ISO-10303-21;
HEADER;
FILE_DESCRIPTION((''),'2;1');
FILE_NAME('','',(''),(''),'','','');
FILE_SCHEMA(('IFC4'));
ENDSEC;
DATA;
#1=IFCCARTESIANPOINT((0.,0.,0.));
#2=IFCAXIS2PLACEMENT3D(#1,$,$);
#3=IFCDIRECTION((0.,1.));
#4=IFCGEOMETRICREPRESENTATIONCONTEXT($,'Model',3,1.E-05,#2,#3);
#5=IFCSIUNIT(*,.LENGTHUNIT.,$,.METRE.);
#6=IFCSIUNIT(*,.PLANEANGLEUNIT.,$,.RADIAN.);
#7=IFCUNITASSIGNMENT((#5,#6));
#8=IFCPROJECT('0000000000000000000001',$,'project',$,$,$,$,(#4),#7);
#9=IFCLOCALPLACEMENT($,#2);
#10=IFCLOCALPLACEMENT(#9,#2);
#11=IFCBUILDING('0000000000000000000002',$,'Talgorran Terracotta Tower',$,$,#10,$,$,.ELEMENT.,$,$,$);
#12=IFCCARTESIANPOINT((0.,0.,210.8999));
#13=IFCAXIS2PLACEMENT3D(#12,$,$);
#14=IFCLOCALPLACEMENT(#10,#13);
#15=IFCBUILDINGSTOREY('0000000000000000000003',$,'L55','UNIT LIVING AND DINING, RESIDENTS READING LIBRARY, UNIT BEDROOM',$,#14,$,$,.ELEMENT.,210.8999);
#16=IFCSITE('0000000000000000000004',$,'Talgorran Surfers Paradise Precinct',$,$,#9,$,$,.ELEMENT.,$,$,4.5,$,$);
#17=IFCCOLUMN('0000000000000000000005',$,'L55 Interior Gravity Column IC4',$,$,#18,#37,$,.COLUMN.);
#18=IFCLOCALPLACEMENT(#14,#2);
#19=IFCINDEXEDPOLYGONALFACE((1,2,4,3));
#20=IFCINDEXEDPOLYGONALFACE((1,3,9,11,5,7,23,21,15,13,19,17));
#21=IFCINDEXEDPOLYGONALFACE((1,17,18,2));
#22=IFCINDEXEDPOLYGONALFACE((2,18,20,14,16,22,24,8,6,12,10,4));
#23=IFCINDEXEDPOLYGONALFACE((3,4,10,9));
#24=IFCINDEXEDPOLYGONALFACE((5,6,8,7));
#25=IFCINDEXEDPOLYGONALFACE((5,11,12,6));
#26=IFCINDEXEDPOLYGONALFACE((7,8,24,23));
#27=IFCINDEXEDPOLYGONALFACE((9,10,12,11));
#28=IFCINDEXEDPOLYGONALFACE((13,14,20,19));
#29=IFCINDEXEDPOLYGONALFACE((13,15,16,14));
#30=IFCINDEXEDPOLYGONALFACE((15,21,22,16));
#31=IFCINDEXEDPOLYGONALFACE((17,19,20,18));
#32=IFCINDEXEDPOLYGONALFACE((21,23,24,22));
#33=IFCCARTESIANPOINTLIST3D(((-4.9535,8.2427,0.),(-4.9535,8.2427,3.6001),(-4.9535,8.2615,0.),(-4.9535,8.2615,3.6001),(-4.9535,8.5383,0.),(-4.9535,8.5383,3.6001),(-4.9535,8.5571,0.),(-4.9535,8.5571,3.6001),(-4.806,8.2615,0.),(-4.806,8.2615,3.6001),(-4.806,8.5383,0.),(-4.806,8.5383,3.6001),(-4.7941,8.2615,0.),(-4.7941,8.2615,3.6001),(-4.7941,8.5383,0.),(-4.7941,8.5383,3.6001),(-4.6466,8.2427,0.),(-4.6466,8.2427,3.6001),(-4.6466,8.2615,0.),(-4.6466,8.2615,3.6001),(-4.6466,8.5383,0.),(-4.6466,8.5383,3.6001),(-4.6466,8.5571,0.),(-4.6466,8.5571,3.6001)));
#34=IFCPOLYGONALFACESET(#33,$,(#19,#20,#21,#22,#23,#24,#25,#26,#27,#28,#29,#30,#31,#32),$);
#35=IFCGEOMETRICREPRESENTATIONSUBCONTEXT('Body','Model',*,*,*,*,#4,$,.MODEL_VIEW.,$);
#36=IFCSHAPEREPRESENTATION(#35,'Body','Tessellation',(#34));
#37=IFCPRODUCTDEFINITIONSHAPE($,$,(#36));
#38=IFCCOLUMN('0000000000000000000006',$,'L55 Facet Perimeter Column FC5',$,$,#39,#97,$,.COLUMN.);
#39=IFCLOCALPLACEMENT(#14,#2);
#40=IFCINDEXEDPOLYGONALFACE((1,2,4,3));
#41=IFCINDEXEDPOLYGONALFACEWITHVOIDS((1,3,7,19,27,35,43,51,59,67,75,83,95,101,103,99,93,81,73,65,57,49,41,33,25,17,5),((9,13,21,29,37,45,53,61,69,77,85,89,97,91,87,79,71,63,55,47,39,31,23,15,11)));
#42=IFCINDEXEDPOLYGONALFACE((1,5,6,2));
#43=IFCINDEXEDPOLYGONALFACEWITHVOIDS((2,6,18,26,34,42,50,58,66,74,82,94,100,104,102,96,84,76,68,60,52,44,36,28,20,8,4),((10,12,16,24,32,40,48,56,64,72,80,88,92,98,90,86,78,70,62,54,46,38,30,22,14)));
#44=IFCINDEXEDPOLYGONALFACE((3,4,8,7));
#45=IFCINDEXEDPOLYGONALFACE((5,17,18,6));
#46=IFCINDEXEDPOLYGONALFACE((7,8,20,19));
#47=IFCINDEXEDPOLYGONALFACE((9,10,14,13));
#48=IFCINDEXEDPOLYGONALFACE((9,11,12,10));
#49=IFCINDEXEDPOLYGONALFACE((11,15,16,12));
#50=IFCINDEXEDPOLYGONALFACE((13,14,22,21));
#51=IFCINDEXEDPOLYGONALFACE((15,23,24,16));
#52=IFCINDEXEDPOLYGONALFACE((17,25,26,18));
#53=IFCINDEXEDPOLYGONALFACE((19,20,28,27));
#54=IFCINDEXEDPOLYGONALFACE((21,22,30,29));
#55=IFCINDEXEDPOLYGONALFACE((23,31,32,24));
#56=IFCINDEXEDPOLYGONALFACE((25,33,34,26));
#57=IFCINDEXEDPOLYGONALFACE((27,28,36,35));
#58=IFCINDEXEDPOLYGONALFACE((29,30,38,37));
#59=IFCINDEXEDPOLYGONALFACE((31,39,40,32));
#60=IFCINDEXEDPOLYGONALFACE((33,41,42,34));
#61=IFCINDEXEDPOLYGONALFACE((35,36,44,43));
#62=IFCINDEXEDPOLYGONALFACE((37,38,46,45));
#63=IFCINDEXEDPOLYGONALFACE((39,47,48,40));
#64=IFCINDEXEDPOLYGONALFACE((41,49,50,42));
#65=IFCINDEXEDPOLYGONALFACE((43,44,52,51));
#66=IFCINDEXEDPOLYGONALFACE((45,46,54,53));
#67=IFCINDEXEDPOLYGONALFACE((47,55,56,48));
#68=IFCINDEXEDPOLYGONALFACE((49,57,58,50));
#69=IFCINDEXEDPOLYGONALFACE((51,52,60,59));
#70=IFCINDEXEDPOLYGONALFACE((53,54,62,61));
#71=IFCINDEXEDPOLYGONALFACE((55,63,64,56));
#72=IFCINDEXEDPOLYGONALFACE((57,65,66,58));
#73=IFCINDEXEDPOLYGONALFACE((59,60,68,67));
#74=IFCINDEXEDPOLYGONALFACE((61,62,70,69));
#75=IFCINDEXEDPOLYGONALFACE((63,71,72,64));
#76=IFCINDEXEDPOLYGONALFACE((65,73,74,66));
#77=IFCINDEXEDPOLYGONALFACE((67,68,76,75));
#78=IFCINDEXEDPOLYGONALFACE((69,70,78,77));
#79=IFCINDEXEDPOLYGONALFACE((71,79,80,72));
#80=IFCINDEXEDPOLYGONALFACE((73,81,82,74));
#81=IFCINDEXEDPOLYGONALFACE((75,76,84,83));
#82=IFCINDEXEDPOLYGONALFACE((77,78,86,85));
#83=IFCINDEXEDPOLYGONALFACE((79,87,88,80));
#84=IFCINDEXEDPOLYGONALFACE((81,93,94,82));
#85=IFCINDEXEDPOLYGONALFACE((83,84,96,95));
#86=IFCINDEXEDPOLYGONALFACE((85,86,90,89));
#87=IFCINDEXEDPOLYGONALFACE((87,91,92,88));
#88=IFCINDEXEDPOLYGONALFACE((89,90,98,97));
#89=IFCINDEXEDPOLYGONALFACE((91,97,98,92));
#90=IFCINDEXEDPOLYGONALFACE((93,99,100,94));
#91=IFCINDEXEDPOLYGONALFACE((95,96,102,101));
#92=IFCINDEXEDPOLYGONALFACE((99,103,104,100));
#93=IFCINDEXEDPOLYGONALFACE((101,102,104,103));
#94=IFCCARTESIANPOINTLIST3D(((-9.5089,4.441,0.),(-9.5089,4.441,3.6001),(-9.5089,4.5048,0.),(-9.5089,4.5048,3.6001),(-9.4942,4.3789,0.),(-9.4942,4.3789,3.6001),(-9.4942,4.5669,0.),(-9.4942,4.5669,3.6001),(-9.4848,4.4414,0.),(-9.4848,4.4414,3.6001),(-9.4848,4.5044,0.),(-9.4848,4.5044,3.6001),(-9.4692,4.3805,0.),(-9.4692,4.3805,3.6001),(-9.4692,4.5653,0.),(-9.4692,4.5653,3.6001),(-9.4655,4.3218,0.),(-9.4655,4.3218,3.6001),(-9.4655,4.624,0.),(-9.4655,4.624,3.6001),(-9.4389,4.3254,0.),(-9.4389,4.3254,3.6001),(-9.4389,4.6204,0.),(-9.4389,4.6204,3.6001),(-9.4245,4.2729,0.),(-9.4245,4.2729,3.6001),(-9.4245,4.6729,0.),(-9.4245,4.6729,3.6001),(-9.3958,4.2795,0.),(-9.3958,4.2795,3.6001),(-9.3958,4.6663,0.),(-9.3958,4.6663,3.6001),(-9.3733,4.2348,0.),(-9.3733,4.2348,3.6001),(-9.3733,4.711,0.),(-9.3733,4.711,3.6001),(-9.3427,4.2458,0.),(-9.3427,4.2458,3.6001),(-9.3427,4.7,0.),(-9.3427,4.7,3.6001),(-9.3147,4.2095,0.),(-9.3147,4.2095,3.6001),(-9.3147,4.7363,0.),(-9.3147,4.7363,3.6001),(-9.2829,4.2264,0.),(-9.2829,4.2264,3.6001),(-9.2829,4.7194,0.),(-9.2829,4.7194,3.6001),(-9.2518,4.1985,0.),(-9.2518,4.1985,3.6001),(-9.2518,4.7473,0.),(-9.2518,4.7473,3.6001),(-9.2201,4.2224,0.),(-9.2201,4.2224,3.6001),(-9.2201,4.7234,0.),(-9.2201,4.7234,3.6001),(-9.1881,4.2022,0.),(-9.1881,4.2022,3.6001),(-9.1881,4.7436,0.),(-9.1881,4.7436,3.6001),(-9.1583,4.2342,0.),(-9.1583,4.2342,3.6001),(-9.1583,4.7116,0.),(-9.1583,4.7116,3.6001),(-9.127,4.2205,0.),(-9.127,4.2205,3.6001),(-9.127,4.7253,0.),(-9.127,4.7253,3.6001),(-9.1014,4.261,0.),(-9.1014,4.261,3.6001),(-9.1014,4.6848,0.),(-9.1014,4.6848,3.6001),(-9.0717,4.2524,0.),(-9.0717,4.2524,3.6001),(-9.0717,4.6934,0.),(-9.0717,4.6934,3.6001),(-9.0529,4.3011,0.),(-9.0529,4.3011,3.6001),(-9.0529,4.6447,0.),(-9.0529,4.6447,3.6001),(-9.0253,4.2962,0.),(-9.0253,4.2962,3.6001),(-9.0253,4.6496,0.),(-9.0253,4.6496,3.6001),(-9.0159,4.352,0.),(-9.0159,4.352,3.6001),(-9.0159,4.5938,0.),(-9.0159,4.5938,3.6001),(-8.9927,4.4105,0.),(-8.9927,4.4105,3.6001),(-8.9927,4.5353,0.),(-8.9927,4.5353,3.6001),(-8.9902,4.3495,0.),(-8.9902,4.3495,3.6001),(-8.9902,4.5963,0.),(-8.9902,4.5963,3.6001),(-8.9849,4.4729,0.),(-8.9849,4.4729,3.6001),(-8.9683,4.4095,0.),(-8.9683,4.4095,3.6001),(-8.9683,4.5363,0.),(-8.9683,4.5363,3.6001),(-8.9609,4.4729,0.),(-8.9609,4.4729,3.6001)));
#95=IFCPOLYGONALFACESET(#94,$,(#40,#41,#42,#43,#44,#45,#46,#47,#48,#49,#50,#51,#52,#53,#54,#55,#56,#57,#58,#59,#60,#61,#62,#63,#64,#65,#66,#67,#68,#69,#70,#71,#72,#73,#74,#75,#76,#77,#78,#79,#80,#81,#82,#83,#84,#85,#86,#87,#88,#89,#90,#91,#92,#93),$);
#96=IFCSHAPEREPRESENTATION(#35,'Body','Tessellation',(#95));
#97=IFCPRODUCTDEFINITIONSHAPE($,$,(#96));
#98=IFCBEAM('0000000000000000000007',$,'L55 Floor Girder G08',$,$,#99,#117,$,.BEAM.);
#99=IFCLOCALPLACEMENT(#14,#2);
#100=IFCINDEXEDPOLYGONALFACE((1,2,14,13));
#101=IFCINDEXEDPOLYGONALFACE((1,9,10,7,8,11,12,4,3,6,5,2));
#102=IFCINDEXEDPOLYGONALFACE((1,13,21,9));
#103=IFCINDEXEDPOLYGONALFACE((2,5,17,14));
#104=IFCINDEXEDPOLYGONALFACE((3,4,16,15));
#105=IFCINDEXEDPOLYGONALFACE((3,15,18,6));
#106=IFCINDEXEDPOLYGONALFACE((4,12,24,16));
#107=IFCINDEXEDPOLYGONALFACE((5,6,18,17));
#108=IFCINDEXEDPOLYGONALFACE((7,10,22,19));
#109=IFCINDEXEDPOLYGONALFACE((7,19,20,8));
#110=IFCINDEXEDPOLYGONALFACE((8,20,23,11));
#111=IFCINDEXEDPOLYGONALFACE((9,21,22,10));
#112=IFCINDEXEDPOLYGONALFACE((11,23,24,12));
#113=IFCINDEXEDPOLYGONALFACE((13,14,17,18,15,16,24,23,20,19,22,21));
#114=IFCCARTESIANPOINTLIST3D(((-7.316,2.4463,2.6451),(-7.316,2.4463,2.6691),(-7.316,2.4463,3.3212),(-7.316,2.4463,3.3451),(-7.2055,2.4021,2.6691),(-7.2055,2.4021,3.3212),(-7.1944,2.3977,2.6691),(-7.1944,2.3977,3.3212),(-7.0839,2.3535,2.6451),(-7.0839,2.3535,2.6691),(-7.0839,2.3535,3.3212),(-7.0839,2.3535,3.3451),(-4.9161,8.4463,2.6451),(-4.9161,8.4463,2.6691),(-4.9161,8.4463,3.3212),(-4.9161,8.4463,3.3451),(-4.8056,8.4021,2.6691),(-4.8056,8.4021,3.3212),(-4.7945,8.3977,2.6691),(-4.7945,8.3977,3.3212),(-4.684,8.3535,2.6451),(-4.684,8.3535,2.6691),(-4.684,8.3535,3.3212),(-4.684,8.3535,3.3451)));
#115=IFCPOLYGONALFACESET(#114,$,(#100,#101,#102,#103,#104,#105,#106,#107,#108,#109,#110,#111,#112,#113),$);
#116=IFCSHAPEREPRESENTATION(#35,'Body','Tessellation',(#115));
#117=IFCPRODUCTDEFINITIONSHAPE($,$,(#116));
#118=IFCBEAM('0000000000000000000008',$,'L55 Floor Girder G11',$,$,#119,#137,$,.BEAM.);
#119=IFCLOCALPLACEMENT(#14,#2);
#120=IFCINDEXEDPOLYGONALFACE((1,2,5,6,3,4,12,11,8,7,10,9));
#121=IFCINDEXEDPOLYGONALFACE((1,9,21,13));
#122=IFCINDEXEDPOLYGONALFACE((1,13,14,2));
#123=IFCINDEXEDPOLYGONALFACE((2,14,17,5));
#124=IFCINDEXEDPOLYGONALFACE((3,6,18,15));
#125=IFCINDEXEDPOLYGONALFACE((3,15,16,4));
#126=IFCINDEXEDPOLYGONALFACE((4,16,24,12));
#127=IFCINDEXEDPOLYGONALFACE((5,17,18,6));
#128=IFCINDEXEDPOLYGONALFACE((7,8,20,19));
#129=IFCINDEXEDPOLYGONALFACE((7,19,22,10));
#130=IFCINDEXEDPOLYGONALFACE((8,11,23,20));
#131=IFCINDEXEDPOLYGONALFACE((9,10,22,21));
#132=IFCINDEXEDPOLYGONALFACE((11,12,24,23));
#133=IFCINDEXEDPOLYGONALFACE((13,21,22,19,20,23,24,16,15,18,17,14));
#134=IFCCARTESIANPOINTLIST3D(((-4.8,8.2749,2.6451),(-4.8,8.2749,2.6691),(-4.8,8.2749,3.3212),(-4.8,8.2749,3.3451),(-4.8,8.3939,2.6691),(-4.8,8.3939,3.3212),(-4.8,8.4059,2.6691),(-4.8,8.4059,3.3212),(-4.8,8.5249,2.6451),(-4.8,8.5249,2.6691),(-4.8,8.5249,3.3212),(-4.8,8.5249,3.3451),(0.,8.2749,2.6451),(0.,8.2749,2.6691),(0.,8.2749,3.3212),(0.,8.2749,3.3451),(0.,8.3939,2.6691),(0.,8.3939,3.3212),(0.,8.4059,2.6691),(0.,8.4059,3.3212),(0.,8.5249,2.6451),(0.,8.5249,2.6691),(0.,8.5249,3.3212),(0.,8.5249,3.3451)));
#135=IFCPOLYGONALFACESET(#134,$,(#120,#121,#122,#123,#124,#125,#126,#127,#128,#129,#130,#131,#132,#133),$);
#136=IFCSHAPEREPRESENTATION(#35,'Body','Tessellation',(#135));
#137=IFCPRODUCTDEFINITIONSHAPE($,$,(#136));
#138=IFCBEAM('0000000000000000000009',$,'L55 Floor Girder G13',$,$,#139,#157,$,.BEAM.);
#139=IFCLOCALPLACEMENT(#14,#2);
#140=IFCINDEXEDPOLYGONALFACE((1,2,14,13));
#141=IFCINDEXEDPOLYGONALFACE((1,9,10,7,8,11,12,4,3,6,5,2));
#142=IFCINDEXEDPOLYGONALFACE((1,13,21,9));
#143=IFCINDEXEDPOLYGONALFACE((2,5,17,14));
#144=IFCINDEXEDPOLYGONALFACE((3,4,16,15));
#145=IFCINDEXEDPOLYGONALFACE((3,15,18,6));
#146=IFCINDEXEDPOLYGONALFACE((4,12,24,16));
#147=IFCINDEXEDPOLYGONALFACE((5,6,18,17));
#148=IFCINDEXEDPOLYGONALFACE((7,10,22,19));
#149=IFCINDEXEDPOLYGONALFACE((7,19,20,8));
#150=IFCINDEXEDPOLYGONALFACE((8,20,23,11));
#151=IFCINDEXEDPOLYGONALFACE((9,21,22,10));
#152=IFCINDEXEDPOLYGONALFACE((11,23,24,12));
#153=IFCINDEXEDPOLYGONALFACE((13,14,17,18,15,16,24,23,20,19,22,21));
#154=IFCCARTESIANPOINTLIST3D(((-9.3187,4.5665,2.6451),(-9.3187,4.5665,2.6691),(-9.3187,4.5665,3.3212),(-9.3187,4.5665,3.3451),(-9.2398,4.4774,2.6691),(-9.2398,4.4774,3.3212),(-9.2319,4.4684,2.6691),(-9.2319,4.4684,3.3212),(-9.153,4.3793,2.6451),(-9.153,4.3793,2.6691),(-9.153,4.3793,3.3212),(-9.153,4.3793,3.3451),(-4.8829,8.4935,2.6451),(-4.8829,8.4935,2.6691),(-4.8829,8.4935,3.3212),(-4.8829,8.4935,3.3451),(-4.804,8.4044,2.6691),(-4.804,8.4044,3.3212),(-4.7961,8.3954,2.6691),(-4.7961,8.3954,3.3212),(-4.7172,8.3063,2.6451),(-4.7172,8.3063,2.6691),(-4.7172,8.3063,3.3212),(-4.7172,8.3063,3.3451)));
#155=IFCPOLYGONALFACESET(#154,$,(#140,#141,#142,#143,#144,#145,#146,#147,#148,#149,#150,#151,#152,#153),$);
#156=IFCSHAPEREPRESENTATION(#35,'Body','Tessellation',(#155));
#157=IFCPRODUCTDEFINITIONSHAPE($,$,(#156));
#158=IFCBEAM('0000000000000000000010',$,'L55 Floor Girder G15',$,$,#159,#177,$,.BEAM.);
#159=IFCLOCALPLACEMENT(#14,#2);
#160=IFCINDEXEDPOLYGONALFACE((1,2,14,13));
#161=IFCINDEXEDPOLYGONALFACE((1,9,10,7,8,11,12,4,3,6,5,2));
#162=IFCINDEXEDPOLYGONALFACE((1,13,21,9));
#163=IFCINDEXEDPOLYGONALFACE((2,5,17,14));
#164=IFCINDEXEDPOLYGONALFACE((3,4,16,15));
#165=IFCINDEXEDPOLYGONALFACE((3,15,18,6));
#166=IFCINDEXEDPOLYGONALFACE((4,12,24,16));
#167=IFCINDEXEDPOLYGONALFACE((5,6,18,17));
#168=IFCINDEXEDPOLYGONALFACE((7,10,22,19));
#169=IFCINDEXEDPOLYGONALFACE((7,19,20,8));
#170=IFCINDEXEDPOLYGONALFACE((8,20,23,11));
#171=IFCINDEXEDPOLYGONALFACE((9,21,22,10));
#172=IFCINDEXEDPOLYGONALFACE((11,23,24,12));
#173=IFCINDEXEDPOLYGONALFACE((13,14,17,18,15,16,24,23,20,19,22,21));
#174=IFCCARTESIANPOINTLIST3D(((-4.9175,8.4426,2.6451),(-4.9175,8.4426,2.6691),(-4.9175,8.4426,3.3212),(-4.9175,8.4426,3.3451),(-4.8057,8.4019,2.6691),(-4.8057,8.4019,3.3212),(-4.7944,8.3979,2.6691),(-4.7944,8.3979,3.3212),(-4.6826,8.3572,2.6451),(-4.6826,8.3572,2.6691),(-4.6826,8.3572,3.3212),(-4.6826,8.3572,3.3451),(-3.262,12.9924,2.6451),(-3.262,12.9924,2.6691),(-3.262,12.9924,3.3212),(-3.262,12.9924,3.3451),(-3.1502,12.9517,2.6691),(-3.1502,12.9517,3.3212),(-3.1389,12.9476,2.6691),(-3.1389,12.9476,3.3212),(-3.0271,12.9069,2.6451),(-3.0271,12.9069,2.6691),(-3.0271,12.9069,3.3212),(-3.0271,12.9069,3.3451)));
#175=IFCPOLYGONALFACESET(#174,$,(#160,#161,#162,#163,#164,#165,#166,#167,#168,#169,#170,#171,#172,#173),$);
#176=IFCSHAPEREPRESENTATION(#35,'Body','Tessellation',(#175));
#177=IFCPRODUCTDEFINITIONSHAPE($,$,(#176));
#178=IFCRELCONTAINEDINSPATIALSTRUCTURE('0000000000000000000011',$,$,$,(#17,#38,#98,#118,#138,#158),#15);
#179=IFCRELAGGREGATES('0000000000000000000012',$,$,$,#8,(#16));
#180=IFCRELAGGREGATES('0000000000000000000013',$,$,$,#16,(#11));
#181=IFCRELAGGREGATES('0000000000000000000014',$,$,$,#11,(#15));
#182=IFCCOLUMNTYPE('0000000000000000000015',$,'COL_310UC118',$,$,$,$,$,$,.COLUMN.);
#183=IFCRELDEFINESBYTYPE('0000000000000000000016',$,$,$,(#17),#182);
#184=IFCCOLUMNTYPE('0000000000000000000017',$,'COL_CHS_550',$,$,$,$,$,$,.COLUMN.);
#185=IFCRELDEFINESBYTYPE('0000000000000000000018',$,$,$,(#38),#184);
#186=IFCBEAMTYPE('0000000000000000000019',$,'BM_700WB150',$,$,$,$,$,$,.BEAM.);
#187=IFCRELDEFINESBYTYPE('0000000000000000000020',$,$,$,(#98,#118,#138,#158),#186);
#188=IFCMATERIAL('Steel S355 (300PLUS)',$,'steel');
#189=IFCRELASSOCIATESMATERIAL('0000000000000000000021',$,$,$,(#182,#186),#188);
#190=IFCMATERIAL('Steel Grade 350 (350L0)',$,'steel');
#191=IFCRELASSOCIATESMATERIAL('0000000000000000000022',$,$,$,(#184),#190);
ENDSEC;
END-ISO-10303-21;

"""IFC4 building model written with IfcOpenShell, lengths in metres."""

from ifc_helpers import new_model, si_unit, direction, frame, origin, origin_2d, place, context, subcontext, project, spatial, hollow_circle, i_section, extrude, material, material_profile, profile_set, type_object, element, save


model = new_model("IFC4")

# Units and contexts
model_context = context("Model", 3, precision=1e-05, world=origin(), true_north=direction((0.0, 1.0)))
body_context = subcontext(model_context, "Body", "Model", "MODEL_VIEW")
ifc_project = project(units=[si_unit("LENGTHUNIT", "METRE"), si_unit("PLANEANGLEUNIT", "RADIAN")], contexts=[model_context])

# Site, building, storey
site_placement = place(None, origin())
site = spatial("IfcSite", under=ifc_project, at=site_placement, Name="Talgorran Surfers Paradise Precinct", CompositionType="ELEMENT", RefElevation=4.5)
building_placement = place(site_placement, origin())
building = spatial("IfcBuilding", under=site, at=building_placement, Name="Talgorran Terracotta Tower", CompositionType="ELEMENT")
storey_placement = place(building_placement, frame((0.0, 0.0, 210.8999)))
storey = spatial("IfcBuildingStorey", under=building, at=storey_placement, Name="L55", Description="UNIT LIVING AND DINING, RESIDENTS READING LIBRARY, UNIT BEDROOM", CompositionType="ELEMENT", Elevation=210.8999)

# Columns
ifc_material_1 = material(Name="Steel S355 (300PLUS)", Category="steel")
ifc_material_profile_1 = material_profile(ifc_material_1, i_section(OverallWidth=0.3069, OverallDepth=0.3145, WebThickness=0.012, FlangeThickness=0.0188, at=origin_2d()), Name="310UC118")
ifc_profile_set_1 = profile_set([ifc_material_profile_1], Name="Steel S355 (300PLUS)")
column_type_1 = type_object("IfcColumnType", Name="COL_310UC118", PredefinedType="COLUMN", material=ifc_profile_set_1)
column_1_placement = place(storey_placement, frame((-4.8, 8.3999, 0.0), z_axis=(0.0, 0.0, 1.0), x_axis=(1.0, 0.0, 0.0)))
element("IfcColumn", 1, at=column_1_placement, inside=storey, type_object=column_type_1, Name="L55 Interior Gravity Column IC4", PredefinedType="COLUMN", context=body_context, shape_type="SweptSolid", body=[
    extrude(i_section(OverallWidth=0.3069, OverallDepth=0.3145, WebThickness=0.012, FlangeThickness=0.0188, at=origin_2d()), origin(), (0.0, 0.0, 1.0), 3.6001),
])
ifc_material_2 = material(Name="Steel Grade 350 (350L0)", Category="steel")
ifc_material_profile_2 = material_profile(ifc_material_2, hollow_circle(Radius=0.2749, WallThickness=0.0239, at=origin_2d()), Name="CHS550X24")
ifc_profile_set_2 = profile_set([ifc_material_profile_2], Name="Steel Grade 350 (350L0)")
column_type_2 = type_object("IfcColumnType", Name="COL_CHS_550", PredefinedType="COLUMN", material=ifc_profile_set_2)
column_2_placement = place(storey_placement, frame((-9.2358, 4.4729, 0.0), z_axis=(0.0, 0.0, 1.0), x_axis=(1.0, 0.0, 0.0)))
element("IfcColumn", 2, at=column_2_placement, inside=storey, type_object=column_type_2, Name="L55 Facet Perimeter Column FC5", PredefinedType="COLUMN", context=body_context, shape_type="SweptSolid", body=[
    extrude(hollow_circle(Radius=0.2749, WallThickness=0.0239, at=origin_2d()), origin(), (0.0, 0.0, 1.0), 3.6001),
])

# Beams
ifc_material_profile_3 = material_profile(ifc_material_1, i_section(OverallWidth=0.25, OverallDepth=0.7, WebThickness=0.012, FlangeThickness=0.0239, at=origin_2d()), Name="700WB150")
ifc_profile_set_3 = profile_set([ifc_material_profile_3], Name="Steel S355 (300PLUS)")
beam_type_1 = type_object("IfcBeamType", Name="BM_700WB150", PredefinedType="BEAM", material=ifc_profile_set_3)
beam_1_placement = place(storey_placement, frame((-7.2, 2.3999, 2.9951), z_axis=(0.371378, 0.928482, 0.0), x_axis=(-0.928482, 0.371378, 0.0)))
element("IfcBeam", 3, at=beam_1_placement, inside=storey, type_object=beam_type_1, Name="L55 Floor Girder G08", PredefinedType="BEAM", context=body_context, shape_type="SweptSolid", body=[
    extrude(i_section(OverallWidth=0.25, OverallDepth=0.7, WebThickness=0.012, FlangeThickness=0.0239, at=origin_2d()), origin(), (0.0, 0.0, 1.0), 6.4622),
])
beam_2_placement = place(storey_placement, frame((-4.8, 8.3999, 2.9951), z_axis=(1.0, 0.0, 0.0), x_axis=(0.0, 1.0, 0.0)))
element("IfcBeam", 4, at=beam_2_placement, inside=storey, type_object=beam_type_1, Name="L55 Floor Girder G11", PredefinedType="BEAM", context=body_context, shape_type="SweptSolid", body=[
    extrude(i_section(OverallWidth=0.25, OverallDepth=0.7, WebThickness=0.012, FlangeThickness=0.0239, at=origin_2d()), origin(), (0.0, 0.0, 1.0), 4.8),
])
beam_3_placement = place(storey_placement, frame((-4.8, 8.3999, 2.9951), z_axis=(-0.748742, -0.662861, 0.0), x_axis=(0.662861, -0.748742, 0.0)))
element("IfcBeam", 5, at=beam_3_placement, inside=storey, type_object=beam_type_1, Name="L55 Floor Girder G13", PredefinedType="BEAM", context=body_context, shape_type="SweptSolid", body=[
    extrude(i_section(OverallWidth=0.25, OverallDepth=0.7, WebThickness=0.012, FlangeThickness=0.0239, at=origin_2d()), origin(), (0.0, 0.0, 1.0), 5.9243),
])
beam_4_placement = place(storey_placement, frame((-4.8, 8.3999, 2.9951), z_axis=(0.341933, 0.939724, 0.0), x_axis=(-0.939724, 0.341933, 0.0)))
element("IfcBeam", 6, at=beam_4_placement, inside=storey, type_object=beam_type_1, Name="L55 Floor Girder G15", PredefinedType="BEAM", context=body_context, shape_type="SweptSolid", body=[
    extrude(i_section(OverallWidth=0.25, OverallDepth=0.7, WebThickness=0.012, FlangeThickness=0.0239, at=origin_2d()), origin(), (0.0, 0.0, 1.0), 4.8416),
])

save(model, "model.ifc")
